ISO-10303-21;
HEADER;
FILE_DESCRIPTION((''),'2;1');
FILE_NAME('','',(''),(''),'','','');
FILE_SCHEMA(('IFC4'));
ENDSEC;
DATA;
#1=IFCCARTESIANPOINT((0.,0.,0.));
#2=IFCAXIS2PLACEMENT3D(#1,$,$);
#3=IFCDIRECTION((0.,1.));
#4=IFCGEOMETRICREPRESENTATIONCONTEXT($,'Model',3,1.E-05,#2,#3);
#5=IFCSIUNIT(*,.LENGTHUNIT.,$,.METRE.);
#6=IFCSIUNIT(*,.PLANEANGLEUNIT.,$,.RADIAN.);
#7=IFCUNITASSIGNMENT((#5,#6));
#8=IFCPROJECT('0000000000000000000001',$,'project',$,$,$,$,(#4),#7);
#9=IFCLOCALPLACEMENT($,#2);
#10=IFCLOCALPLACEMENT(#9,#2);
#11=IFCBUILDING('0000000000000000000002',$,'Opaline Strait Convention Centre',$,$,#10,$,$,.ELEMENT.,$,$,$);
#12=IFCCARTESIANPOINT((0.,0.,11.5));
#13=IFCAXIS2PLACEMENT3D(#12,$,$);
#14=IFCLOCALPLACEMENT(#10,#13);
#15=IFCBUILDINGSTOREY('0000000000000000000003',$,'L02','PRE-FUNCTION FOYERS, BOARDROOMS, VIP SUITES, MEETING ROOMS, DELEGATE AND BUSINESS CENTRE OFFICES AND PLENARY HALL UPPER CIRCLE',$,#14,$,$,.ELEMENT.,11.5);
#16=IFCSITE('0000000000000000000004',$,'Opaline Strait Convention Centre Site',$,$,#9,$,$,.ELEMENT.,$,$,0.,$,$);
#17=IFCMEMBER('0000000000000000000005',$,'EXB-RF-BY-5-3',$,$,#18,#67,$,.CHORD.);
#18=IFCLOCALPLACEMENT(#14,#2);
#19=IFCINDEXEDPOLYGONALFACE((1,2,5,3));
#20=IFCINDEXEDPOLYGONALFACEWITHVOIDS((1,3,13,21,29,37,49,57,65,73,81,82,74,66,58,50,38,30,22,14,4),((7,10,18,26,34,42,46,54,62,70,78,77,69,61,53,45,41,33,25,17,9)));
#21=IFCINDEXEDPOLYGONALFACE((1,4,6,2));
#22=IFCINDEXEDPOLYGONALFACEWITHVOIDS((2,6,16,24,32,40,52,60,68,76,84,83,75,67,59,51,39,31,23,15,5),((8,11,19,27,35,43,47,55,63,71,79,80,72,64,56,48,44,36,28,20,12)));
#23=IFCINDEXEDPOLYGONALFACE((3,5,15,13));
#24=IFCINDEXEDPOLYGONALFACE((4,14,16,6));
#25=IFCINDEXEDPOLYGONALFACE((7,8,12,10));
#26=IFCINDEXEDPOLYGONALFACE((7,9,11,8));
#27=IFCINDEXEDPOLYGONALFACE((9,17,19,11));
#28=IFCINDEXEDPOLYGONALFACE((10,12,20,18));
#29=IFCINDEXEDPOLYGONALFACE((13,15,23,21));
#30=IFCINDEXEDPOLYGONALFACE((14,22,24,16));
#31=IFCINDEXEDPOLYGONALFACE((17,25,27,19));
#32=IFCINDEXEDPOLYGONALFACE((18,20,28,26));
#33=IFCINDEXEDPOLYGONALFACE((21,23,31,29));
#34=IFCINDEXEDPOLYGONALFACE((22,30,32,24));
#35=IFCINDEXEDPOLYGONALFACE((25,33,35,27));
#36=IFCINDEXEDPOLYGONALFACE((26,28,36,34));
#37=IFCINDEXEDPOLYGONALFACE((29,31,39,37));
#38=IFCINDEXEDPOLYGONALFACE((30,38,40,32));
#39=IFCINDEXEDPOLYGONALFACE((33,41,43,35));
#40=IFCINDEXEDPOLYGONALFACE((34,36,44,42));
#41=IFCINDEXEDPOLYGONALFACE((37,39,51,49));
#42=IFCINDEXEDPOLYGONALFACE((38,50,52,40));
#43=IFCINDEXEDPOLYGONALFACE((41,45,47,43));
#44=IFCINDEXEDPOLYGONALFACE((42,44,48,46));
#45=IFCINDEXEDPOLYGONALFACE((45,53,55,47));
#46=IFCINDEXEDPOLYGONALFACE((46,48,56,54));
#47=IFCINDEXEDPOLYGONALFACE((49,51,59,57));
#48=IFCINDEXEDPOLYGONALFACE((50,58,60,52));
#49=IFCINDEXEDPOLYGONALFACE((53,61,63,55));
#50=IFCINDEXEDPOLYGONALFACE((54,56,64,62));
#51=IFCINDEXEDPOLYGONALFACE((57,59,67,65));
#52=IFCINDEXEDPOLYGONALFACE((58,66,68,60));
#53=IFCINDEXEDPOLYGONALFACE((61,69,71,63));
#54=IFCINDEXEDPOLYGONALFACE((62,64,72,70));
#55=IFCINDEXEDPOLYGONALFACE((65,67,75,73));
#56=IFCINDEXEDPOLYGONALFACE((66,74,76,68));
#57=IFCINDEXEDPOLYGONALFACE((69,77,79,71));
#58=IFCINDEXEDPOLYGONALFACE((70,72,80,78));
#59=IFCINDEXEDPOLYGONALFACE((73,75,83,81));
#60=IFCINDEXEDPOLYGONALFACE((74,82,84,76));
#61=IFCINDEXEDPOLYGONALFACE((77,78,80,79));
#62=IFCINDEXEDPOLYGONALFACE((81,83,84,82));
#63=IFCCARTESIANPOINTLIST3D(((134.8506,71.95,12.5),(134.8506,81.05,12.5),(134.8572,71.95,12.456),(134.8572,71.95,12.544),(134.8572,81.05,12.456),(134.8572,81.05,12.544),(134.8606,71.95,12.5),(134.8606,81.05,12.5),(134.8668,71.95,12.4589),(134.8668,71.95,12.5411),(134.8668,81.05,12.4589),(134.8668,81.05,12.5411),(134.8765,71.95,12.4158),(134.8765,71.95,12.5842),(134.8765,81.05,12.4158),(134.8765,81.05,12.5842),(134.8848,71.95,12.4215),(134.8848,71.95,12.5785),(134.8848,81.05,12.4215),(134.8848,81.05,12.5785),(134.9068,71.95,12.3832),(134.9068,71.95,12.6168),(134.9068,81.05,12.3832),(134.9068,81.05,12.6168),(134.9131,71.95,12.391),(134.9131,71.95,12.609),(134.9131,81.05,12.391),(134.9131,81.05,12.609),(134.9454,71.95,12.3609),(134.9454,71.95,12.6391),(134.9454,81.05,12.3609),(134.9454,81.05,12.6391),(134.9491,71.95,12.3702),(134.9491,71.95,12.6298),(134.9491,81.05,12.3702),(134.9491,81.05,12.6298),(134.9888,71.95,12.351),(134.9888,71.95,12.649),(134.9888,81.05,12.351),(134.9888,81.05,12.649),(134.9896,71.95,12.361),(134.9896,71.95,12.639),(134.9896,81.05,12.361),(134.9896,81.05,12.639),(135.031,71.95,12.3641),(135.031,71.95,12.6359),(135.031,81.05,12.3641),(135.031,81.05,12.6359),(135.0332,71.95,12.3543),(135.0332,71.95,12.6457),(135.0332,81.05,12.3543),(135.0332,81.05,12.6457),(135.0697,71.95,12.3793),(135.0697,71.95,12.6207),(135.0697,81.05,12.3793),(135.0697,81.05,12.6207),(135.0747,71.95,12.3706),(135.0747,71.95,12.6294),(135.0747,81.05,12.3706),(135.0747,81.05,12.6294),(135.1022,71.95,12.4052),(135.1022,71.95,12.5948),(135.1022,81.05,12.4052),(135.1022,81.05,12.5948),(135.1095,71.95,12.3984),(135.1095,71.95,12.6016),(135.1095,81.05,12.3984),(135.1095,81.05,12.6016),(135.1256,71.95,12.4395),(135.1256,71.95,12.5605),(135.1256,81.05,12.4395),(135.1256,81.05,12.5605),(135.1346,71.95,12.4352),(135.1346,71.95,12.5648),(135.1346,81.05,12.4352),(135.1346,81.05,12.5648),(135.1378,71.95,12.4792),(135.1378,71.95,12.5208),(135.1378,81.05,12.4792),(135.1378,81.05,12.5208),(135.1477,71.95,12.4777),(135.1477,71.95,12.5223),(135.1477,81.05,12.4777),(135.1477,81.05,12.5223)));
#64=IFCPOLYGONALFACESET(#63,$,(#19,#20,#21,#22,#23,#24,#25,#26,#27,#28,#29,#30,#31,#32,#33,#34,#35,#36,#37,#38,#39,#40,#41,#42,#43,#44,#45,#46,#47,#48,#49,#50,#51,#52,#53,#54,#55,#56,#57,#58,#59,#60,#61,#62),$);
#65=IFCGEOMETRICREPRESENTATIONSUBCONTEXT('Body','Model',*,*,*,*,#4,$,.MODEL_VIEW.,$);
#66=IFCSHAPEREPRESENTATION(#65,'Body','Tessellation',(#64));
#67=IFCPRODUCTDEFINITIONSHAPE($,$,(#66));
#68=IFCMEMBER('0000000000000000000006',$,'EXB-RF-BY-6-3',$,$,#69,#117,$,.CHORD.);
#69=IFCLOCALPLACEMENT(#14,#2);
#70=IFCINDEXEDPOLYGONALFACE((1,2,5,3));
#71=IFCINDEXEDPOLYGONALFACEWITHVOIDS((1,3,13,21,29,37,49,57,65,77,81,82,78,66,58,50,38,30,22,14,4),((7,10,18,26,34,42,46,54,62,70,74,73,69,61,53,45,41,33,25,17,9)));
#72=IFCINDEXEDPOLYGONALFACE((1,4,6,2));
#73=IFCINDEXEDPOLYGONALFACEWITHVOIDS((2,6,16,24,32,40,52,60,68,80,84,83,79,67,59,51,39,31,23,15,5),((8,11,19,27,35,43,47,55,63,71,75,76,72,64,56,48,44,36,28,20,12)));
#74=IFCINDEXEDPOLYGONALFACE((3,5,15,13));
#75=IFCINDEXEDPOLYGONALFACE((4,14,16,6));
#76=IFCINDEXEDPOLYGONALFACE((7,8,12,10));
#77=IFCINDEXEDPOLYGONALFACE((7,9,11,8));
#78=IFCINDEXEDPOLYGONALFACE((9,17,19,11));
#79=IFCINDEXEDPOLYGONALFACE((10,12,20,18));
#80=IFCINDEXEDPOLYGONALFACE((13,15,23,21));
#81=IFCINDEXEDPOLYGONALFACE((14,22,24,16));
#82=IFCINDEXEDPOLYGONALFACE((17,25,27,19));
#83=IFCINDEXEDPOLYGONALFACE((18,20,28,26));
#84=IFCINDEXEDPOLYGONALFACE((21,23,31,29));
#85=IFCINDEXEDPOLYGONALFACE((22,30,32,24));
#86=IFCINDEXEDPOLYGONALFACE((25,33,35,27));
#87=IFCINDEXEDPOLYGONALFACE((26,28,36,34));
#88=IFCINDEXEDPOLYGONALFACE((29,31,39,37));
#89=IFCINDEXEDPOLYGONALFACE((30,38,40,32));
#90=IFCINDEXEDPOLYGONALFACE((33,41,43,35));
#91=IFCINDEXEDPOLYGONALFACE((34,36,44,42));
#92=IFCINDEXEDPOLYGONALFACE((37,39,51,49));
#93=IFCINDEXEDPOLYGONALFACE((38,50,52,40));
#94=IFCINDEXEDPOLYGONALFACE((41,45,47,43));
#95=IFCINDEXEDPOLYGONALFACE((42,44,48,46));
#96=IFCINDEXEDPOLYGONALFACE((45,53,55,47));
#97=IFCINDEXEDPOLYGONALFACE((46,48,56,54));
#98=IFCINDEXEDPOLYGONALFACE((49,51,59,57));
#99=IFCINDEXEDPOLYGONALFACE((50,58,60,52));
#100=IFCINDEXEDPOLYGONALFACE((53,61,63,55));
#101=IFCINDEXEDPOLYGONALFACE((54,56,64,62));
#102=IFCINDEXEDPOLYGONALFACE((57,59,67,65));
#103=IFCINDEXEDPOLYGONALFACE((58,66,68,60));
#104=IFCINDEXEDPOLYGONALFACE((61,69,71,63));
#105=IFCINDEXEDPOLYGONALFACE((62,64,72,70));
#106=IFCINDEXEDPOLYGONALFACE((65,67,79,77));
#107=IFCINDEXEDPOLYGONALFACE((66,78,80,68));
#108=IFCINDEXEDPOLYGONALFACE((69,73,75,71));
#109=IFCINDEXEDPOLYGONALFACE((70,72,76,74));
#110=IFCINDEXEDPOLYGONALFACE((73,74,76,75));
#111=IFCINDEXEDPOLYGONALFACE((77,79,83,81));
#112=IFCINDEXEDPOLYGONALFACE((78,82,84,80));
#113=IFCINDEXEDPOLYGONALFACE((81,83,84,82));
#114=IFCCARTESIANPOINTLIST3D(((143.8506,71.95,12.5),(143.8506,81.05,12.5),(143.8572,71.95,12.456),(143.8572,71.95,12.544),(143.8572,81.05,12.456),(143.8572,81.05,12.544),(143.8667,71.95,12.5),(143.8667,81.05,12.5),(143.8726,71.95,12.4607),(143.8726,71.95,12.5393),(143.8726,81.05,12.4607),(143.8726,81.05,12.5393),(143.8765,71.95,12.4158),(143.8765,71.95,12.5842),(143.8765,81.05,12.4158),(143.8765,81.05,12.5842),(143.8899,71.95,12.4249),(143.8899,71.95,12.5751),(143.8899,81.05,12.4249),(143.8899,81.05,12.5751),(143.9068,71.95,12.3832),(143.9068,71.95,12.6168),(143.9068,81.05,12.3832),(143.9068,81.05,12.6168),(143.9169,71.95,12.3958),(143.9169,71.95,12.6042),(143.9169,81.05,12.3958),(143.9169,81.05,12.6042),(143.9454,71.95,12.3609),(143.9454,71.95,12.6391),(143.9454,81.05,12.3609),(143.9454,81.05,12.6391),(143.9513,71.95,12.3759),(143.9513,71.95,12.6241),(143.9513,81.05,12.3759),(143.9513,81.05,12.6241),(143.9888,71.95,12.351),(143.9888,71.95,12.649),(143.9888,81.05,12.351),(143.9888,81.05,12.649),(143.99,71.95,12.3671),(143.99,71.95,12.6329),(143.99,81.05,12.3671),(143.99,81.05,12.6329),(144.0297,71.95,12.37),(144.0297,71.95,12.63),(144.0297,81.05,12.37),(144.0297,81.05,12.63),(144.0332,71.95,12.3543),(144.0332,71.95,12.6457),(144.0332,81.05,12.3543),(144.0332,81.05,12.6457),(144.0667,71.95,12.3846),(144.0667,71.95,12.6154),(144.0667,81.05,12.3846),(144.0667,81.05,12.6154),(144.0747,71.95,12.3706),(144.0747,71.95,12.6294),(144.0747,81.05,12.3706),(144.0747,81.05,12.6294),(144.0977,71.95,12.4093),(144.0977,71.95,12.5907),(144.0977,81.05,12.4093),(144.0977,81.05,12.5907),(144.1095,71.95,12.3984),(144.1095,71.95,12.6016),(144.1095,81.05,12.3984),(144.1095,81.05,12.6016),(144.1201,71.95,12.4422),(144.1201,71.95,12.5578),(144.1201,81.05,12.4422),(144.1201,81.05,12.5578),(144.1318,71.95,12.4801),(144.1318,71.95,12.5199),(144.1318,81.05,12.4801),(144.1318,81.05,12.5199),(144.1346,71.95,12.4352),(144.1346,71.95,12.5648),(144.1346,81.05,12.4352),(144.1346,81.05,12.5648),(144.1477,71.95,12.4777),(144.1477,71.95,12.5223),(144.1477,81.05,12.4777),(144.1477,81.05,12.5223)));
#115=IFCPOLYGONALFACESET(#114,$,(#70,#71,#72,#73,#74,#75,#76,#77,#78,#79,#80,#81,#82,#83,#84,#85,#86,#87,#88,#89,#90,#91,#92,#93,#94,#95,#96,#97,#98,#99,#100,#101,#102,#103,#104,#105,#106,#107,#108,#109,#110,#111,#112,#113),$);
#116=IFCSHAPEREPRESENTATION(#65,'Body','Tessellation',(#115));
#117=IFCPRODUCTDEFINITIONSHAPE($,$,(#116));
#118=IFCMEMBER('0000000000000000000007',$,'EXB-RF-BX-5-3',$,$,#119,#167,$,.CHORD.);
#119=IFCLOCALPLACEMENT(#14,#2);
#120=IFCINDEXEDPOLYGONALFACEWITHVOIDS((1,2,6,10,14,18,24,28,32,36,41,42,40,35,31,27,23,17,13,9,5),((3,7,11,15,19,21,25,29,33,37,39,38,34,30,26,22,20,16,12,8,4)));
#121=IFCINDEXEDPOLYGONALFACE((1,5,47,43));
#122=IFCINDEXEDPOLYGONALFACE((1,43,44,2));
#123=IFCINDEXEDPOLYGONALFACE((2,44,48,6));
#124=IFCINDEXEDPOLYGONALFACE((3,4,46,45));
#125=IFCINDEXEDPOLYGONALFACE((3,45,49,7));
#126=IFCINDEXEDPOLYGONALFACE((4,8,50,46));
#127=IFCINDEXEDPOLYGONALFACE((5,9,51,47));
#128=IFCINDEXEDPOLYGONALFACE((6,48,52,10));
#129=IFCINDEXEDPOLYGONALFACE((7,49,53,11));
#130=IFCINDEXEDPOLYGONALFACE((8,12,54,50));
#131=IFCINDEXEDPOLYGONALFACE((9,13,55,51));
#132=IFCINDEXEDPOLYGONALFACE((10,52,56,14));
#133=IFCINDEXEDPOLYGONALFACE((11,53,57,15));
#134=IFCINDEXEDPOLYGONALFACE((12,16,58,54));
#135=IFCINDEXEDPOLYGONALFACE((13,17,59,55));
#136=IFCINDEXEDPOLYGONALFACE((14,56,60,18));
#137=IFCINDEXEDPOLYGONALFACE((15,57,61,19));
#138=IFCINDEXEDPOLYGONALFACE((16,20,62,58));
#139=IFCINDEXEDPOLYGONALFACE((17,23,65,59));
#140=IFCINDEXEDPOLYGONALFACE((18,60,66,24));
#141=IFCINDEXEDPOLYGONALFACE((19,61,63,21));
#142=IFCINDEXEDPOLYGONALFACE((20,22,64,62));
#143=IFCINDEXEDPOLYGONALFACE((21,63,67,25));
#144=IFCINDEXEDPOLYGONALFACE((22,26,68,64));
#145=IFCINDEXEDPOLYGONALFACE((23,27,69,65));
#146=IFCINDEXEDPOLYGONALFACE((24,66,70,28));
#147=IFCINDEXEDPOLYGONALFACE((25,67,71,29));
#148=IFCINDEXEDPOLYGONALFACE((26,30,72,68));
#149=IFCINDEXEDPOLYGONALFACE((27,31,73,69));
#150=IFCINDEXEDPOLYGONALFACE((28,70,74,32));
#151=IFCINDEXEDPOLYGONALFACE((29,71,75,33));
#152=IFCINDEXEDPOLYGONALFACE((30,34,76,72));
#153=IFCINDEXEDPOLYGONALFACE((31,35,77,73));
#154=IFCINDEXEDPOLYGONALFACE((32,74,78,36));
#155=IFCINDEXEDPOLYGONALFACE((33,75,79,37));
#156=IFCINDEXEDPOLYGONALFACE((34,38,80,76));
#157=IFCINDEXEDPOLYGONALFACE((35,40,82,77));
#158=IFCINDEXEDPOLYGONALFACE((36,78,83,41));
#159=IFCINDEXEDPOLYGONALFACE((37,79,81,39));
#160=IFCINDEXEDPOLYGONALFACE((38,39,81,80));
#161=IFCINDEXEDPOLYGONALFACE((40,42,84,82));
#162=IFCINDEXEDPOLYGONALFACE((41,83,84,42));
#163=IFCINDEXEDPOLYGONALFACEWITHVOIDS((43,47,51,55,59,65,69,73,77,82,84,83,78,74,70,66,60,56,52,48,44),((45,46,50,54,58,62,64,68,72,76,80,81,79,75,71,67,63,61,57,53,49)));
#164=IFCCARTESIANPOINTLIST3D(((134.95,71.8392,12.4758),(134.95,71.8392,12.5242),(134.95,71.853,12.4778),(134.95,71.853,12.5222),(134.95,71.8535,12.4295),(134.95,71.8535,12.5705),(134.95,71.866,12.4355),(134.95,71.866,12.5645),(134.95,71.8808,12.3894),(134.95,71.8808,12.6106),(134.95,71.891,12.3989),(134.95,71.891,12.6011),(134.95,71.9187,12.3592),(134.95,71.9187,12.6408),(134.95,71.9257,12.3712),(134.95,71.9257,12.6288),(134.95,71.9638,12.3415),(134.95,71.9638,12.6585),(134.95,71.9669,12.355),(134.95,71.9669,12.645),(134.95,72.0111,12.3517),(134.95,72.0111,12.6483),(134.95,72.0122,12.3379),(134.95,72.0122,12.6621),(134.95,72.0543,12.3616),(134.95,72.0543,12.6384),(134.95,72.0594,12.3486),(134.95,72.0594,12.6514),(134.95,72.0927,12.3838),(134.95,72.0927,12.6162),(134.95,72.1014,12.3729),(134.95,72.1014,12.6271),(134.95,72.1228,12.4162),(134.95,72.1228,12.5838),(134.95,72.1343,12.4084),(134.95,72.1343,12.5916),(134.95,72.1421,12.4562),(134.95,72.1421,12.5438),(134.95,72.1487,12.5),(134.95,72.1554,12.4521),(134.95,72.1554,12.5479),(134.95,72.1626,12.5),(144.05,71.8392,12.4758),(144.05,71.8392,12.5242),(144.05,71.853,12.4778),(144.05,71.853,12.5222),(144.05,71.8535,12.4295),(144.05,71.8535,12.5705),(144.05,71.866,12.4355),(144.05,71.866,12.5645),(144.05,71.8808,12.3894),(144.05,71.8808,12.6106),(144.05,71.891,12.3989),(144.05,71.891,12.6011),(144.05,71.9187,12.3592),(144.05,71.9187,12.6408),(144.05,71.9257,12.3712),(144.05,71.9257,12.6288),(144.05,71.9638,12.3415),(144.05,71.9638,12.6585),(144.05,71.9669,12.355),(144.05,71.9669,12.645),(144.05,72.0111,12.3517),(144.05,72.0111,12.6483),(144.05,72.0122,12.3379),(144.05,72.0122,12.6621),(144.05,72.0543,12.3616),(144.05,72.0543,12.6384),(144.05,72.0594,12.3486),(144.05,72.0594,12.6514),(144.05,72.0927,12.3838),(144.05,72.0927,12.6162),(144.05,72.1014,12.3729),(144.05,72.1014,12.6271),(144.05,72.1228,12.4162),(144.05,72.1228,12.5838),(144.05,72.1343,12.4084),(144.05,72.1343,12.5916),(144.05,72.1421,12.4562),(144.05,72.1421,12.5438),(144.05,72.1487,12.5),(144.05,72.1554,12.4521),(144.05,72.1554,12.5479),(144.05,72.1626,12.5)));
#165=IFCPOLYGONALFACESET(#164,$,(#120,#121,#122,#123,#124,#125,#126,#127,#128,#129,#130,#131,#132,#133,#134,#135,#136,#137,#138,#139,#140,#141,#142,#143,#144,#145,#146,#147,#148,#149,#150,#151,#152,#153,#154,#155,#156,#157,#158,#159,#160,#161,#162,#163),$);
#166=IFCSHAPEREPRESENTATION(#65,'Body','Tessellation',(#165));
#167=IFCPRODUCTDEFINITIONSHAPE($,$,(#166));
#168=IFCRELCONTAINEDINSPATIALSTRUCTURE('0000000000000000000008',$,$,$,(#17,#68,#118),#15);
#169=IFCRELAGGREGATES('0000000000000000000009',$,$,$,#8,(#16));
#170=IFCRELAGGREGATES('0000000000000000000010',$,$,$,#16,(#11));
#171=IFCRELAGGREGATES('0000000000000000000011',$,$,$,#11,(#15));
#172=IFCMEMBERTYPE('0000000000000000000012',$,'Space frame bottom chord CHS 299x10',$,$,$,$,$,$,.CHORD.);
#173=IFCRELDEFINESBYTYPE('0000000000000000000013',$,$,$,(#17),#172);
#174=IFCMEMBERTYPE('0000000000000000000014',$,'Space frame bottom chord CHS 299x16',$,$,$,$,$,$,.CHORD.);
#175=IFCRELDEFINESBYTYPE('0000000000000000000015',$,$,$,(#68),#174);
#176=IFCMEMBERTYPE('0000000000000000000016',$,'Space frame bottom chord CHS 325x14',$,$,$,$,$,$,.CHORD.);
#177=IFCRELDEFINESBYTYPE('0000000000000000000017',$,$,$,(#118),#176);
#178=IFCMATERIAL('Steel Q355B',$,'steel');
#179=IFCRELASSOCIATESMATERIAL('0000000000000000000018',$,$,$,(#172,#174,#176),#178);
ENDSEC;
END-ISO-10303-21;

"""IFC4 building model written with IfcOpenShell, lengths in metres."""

from ifc_helpers import new_model, si_unit, direction, frame, origin, origin_2d, place, context, subcontext, project, spatial, hollow_circle, extrude, material, material_profile, profile_set, type_object, element, save


model = new_model("IFC4")

# Units and contexts
model_context = context("Model", 3, precision=1e-05, world=origin(), true_north=direction((0.0, 1.0)))
body_context = subcontext(model_context, "Body", "Model", "MODEL_VIEW")
ifc_project = project(units=[si_unit("LENGTHUNIT", "METRE"), si_unit("PLANEANGLEUNIT", "RADIAN")], contexts=[model_context])

# Site, building, storey
site_placement = place(None, origin())
site = spatial("IfcSite", under=ifc_project, at=site_placement, Name="Opaline Strait Convention Centre Site", CompositionType="ELEMENT", RefElevation=0.0)
building_placement = place(site_placement, origin())
building = spatial("IfcBuilding", under=site, at=building_placement, Name="Opaline Strait Convention Centre", CompositionType="ELEMENT")
storey_placement = place(building_placement, frame((0.0, 0.0, 11.5)))
storey = spatial("IfcBuildingStorey", under=building, at=storey_placement, Name="L02", Description="PRE-FUNCTION FOYERS, BOARDROOMS, VIP SUITES, MEETING ROOMS, DELEGATE AND BUSINESS CENTRE OFFICES AND PLENARY HALL UPPER CIRCLE", CompositionType="ELEMENT", Elevation=11.5)

# Members
ifc_material_1 = material(Name="Steel Q355B", Category="steel")
ifc_material_profile_1 = material_profile(ifc_material_1, hollow_circle(Radius=0.1494, WallThickness=0.01, at=origin_2d()), Name="CHS 299x10")
ifc_profile_set_1 = profile_set([ifc_material_profile_1], Name="Steel Q355B")
member_type_1 = type_object("IfcMemberType", Name="Space frame bottom chord CHS 299x10", PredefinedType="CHORD", material=ifc_profile_set_1)
member_1_placement = place(storey_placement, frame((135.0, 71.95, 12.5), z_axis=(0.0, 1.0, 0.0), x_axis=(-1.0, 0.0, 0.0)))
element("IfcMember", 1, at=member_1_placement, inside=storey, type_object=member_type_1, Name="EXB-RF-BY-5-3", PredefinedType="CHORD", context=body_context, shape_type="SweptSolid", body=[
    extrude(hollow_circle(Radius=0.1494, WallThickness=0.01, at=origin_2d()), origin(), (0.0, 0.0, 1.0), 9.1001),
])
ifc_material_profile_2 = material_profile(ifc_material_1, hollow_circle(Radius=0.1494, WallThickness=0.0161, at=origin_2d()), Name="CHS 299x16")
ifc_profile_set_2 = profile_set([ifc_material_profile_2], Name="Steel Q355B")
member_type_2 = type_object("IfcMemberType", Name="Space frame bottom chord CHS 299x16", PredefinedType="CHORD", material=ifc_profile_set_2)
member_2_placement = place(storey_placement, frame((144.0, 71.95, 12.5), z_axis=(0.0, 1.0, 0.0), x_axis=(-1.0, 0.0, 0.0)))
element("IfcMember", 2, at=member_2_placement, inside=storey, type_object=member_type_2, Name="EXB-RF-BY-6-3", PredefinedType="CHORD", context=body_context, shape_type="SweptSolid", body=[
    extrude(hollow_circle(Radius=0.1494, WallThickness=0.0161, at=origin_2d()), origin(), (0.0, 0.0, 1.0), 9.1001),
])
ifc_material_profile_3 = material_profile(ifc_material_1, hollow_circle(Radius=0.1626, WallThickness=0.0139, at=origin_2d()), Name="CHS 325x14")
ifc_profile_set_3 = profile_set([ifc_material_profile_3], Name="Steel Q355B")
member_type_3 = type_object("IfcMemberType", Name="Space frame bottom chord CHS 325x14", PredefinedType="CHORD", material=ifc_profile_set_3)
for number, where, z_axis, x_axis, name in (
    (3, (134.95, 72.0, 12.5), (1.0, 0.0, 0.0), (0.0, 1.0, 0.0), "EXB-RF-BX-5-3"),
):
    element("IfcMember", number, at=place(storey_placement, frame(where, z_axis=z_axis, x_axis=x_axis)), inside=storey, type_object=member_type_3, Name=name, PredefinedType="CHORD", context=body_context, shape_type="SweptSolid", body=[
        extrude(hollow_circle(Radius=0.1626, WallThickness=0.0139, at=origin_2d()), origin(), (0.0, 0.0, 1.0), 9.1001),
    ])

save(model, "model.ifc")
